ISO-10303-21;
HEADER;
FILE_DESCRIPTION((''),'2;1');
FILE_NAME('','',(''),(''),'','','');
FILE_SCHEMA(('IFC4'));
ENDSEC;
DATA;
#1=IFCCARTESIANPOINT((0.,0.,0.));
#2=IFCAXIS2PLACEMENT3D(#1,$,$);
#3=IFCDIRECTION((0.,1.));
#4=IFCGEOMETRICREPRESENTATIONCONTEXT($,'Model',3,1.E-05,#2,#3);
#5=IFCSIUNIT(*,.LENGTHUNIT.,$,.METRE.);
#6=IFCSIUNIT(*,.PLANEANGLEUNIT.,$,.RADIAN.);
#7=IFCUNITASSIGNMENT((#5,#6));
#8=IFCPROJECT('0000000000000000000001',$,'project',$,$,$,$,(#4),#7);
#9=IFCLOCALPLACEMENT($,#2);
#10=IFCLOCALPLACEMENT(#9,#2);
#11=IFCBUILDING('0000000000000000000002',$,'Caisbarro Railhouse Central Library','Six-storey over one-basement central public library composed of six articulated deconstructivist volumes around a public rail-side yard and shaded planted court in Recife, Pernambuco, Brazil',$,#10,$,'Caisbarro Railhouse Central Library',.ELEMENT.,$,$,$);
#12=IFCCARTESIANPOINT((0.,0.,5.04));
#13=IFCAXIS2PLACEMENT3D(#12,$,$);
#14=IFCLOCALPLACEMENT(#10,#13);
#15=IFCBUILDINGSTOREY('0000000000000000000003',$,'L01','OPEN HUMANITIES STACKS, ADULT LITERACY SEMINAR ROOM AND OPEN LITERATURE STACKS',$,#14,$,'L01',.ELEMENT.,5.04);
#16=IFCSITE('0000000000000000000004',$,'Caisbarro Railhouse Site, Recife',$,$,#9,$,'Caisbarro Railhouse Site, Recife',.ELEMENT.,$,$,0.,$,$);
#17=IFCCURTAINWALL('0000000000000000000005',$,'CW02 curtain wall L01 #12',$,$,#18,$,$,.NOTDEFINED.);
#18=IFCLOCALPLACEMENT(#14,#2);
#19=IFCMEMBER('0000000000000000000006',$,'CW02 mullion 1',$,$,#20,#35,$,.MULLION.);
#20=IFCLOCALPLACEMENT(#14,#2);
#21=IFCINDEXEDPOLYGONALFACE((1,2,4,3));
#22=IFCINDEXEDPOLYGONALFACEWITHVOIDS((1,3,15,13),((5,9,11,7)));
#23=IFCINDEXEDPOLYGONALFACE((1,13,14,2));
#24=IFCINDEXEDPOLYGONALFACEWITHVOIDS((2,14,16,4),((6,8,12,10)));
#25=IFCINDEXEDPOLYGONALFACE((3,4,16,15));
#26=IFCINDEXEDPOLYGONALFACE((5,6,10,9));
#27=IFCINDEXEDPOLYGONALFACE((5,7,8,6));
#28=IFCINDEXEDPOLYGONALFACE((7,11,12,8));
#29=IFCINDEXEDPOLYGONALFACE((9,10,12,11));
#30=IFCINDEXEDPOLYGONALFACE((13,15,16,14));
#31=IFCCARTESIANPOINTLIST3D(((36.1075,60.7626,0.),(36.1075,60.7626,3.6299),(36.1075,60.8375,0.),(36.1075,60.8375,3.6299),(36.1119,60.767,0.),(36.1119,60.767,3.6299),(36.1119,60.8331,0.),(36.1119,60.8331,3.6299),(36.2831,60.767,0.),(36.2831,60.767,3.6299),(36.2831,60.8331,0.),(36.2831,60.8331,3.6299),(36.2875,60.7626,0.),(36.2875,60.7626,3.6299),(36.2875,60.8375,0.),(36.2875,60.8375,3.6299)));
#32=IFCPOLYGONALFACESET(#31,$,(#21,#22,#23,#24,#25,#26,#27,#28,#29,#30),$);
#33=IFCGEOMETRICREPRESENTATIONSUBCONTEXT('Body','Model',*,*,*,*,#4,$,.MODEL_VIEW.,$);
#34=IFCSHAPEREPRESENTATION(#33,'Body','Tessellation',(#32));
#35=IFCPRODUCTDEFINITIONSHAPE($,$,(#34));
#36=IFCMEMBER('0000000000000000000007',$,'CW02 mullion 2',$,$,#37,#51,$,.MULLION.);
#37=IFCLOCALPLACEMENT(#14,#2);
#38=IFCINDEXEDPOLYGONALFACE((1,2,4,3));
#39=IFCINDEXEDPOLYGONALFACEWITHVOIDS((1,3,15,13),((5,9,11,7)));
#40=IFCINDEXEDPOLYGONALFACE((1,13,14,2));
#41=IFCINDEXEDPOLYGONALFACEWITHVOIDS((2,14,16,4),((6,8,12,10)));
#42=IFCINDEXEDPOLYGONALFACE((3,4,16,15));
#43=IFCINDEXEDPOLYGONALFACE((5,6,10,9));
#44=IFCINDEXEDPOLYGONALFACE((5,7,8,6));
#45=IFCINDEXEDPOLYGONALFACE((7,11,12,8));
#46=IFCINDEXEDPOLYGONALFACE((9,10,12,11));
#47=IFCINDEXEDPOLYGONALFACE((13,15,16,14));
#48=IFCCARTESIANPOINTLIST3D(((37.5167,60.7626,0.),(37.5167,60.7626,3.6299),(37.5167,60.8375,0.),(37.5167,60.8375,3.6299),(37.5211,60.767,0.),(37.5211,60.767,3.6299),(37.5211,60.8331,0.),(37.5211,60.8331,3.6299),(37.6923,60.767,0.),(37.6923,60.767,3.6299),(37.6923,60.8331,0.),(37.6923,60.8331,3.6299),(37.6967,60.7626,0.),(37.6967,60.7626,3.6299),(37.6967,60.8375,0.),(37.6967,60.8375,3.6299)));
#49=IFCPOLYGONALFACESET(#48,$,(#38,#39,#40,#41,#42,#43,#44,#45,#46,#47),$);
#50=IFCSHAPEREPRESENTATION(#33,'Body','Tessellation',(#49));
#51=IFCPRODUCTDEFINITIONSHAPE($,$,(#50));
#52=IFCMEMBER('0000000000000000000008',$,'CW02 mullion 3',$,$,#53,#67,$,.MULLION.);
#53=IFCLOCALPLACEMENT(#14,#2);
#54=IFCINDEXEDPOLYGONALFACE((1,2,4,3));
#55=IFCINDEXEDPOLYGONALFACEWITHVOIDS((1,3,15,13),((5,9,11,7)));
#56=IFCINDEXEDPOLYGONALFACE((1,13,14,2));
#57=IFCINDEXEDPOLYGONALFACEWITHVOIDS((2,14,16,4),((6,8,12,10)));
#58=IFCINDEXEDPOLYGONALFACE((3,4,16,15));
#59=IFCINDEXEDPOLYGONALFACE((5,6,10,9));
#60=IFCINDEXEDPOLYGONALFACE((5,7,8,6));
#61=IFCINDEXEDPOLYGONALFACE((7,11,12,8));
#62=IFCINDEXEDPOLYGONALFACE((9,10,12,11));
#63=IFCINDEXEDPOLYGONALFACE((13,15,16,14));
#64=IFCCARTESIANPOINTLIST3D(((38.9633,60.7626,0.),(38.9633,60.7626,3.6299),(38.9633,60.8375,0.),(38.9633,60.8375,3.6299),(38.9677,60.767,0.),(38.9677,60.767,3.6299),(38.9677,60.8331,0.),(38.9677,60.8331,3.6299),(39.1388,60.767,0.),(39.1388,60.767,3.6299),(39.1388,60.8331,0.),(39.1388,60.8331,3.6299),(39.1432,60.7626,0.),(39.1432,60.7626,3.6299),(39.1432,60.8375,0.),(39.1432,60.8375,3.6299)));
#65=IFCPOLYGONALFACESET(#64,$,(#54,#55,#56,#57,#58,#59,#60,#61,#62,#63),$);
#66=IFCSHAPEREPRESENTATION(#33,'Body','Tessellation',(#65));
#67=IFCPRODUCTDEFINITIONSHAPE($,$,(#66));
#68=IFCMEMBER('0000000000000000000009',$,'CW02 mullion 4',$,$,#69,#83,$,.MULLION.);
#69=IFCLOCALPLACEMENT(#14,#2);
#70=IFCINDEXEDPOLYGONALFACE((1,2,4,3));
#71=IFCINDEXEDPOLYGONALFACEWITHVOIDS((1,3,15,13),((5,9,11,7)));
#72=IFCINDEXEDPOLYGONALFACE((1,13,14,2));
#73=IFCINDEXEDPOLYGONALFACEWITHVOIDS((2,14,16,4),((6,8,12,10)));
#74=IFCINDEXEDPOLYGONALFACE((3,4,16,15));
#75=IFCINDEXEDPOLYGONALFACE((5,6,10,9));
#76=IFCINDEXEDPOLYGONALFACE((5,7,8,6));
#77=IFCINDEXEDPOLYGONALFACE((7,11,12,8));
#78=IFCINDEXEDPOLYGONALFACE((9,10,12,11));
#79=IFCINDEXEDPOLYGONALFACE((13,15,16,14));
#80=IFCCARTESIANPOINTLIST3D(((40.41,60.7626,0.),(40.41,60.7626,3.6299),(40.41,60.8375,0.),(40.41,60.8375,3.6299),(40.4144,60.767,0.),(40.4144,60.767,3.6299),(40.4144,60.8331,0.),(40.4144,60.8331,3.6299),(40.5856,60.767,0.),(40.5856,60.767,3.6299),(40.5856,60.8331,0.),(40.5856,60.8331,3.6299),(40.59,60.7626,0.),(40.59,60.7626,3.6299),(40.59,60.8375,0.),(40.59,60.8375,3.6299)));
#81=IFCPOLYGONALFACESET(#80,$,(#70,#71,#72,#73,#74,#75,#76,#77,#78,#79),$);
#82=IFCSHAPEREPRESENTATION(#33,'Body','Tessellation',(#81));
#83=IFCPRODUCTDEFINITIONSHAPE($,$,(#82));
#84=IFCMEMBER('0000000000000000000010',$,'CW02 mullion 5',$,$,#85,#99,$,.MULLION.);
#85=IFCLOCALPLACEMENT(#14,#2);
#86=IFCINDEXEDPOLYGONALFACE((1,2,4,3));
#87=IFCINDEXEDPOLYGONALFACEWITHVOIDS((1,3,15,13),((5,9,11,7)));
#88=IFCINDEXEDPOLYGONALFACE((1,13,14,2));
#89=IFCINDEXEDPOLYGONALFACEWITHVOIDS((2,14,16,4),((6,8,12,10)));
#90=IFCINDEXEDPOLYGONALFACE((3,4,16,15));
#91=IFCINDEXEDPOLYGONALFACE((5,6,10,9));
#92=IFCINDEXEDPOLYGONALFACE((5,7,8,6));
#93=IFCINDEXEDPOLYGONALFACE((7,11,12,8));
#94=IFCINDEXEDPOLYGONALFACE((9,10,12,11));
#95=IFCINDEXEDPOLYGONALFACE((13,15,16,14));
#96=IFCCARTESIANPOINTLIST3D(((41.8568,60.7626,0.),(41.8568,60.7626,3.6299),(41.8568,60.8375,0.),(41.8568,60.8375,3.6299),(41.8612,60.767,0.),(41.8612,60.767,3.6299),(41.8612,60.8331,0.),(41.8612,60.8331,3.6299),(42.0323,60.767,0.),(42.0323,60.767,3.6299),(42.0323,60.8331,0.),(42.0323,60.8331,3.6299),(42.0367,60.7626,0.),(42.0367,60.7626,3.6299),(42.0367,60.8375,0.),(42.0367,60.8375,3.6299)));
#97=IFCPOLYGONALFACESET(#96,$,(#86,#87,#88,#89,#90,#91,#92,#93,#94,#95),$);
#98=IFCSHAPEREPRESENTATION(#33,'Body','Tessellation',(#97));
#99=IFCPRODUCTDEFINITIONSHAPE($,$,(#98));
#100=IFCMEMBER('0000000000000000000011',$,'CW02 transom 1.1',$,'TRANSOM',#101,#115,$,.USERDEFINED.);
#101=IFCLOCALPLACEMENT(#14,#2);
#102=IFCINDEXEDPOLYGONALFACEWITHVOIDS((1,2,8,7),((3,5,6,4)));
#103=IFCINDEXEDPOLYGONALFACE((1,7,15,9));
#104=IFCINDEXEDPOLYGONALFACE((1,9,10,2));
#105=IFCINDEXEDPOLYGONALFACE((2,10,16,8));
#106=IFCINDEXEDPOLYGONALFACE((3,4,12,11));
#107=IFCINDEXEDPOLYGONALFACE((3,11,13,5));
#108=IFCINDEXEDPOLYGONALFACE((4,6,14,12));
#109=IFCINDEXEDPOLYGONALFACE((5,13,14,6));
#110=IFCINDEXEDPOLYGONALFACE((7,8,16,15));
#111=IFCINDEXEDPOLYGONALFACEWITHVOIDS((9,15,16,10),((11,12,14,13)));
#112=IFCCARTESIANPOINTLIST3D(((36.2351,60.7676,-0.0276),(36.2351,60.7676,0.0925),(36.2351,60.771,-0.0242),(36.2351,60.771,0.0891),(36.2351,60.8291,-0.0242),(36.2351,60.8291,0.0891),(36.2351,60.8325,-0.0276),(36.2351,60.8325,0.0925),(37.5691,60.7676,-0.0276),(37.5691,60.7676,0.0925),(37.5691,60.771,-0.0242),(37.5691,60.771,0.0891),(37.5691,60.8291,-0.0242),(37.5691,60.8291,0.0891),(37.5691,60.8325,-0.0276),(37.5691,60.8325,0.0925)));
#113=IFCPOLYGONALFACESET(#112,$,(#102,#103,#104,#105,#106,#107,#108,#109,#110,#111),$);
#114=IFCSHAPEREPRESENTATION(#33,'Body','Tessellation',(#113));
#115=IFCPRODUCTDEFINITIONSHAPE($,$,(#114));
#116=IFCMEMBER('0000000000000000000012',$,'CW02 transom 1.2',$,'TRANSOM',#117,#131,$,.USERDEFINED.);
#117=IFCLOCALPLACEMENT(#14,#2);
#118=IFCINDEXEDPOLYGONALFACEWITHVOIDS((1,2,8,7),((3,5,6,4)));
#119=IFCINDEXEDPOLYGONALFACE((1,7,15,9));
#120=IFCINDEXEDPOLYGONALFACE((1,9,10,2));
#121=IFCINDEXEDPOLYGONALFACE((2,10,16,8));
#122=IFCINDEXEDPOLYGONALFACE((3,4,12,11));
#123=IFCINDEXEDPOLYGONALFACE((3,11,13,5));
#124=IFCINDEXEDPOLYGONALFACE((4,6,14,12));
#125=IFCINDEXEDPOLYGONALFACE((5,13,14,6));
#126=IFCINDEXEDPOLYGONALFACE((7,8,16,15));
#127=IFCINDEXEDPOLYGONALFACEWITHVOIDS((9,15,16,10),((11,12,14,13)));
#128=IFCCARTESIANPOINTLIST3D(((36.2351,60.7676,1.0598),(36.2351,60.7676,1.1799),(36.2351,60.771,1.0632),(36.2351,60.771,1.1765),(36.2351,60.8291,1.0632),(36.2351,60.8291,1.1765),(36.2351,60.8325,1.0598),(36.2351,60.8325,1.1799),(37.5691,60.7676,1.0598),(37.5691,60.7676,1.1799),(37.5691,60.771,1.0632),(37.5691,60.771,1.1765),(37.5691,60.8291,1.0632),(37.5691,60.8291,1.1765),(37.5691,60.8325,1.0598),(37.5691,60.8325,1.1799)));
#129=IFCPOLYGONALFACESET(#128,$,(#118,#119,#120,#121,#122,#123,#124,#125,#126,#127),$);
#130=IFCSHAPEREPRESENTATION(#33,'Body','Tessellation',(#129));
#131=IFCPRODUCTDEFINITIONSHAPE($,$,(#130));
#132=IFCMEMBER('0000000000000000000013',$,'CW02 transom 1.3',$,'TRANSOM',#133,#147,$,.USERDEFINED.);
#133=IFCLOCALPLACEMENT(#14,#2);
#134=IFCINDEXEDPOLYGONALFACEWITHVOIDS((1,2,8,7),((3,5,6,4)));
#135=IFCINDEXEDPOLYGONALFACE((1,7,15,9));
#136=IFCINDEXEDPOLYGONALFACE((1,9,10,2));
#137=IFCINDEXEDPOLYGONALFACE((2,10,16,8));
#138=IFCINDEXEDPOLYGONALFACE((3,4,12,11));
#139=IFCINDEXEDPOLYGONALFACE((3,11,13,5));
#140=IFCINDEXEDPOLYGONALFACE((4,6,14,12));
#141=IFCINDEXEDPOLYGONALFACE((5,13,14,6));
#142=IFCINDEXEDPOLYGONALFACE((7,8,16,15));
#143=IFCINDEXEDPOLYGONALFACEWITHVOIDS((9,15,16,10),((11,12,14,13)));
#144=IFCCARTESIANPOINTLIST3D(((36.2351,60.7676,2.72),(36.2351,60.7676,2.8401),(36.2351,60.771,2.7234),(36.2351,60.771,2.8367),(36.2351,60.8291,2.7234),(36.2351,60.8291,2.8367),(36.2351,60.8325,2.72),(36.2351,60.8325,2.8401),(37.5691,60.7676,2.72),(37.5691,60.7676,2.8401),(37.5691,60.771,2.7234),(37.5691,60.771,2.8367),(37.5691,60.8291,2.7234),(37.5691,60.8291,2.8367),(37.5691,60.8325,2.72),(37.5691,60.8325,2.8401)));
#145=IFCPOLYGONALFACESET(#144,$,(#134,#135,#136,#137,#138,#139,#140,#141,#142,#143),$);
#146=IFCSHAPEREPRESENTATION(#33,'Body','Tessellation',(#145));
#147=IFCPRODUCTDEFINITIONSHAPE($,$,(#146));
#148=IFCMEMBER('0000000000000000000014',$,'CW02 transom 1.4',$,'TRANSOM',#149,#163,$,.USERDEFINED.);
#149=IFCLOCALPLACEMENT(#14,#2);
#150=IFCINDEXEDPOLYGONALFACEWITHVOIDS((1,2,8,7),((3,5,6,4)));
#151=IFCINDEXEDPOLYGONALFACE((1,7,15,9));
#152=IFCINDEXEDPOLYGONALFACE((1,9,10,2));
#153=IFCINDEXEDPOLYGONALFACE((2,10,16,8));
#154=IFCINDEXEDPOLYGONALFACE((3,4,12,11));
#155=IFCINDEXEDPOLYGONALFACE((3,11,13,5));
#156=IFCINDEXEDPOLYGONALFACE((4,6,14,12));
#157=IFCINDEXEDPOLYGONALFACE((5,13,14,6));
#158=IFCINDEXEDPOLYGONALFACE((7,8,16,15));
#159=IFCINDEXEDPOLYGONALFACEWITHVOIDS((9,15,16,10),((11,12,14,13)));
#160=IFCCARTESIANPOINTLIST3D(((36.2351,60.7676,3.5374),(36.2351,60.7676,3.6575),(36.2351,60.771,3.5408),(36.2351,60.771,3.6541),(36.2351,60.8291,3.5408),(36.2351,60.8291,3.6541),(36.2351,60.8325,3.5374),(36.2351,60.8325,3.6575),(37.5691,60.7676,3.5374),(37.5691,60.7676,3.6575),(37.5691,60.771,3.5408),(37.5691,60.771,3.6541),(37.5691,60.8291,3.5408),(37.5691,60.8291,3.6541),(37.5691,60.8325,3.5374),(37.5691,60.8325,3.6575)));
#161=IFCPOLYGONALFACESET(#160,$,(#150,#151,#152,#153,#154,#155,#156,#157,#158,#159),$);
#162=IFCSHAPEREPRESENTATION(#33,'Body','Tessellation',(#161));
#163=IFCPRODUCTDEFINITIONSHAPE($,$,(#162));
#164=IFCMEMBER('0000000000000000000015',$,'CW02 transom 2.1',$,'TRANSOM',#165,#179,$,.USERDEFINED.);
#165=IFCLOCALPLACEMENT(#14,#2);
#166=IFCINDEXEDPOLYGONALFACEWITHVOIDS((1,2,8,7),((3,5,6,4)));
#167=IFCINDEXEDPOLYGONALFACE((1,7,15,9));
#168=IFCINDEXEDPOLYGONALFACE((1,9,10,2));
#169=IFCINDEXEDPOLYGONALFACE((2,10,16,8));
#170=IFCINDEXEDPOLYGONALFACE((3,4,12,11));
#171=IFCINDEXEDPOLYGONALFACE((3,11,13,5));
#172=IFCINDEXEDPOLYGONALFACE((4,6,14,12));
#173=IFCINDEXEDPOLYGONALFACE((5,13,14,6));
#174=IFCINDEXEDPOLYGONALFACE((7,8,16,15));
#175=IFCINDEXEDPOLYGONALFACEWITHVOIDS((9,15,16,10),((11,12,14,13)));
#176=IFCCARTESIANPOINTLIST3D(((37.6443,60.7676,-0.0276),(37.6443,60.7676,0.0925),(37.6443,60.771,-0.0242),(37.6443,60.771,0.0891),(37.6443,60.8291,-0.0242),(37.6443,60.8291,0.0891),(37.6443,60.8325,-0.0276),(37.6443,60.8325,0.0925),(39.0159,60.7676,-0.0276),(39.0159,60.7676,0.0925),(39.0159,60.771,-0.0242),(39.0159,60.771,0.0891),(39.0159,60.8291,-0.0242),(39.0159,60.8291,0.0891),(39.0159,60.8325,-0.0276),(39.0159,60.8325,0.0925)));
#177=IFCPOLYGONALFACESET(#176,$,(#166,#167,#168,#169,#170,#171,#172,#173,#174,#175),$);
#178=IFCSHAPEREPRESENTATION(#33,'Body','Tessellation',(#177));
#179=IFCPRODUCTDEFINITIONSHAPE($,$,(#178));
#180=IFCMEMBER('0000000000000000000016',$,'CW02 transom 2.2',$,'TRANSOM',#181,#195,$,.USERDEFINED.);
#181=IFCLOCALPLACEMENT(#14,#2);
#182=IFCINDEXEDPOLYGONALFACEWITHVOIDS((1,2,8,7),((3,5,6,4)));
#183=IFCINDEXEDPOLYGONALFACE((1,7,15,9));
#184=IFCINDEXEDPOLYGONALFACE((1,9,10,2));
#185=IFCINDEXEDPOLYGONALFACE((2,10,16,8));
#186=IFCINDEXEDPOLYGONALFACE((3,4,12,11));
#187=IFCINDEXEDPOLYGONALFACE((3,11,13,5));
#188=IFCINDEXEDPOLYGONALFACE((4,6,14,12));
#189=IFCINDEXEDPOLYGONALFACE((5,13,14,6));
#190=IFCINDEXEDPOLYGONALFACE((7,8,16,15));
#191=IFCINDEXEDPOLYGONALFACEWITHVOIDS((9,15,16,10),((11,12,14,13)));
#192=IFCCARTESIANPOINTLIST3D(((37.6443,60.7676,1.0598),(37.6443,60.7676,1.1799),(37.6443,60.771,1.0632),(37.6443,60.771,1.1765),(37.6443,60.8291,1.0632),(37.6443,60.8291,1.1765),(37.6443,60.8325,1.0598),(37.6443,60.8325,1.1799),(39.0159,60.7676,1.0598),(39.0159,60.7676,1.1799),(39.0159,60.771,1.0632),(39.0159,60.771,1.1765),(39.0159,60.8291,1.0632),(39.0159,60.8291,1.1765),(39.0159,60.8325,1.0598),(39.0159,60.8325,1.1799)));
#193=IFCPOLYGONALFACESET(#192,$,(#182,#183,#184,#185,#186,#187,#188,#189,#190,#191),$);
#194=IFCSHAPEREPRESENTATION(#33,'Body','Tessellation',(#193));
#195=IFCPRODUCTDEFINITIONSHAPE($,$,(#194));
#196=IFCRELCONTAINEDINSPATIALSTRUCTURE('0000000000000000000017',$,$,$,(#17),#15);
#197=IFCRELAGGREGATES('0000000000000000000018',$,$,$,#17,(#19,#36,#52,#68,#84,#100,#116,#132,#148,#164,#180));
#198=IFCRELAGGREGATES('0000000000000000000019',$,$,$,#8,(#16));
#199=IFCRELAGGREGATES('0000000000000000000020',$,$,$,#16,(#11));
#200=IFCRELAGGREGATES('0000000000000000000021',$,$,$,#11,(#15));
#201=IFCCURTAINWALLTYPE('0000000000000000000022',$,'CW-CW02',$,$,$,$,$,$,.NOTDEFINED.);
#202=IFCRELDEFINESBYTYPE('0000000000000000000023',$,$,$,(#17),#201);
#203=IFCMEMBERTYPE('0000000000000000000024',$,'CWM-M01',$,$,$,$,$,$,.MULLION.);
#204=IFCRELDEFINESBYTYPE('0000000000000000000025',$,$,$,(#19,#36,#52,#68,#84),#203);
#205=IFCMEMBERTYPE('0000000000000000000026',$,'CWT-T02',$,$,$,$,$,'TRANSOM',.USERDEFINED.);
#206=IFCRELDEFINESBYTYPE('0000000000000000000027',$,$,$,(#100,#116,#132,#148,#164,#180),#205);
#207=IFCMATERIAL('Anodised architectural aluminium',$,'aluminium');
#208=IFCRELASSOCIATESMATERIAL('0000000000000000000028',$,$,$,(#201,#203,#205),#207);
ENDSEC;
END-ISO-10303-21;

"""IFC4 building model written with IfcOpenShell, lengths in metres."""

from ifc_helpers import new_model, si_unit, direction, frame, origin, origin_2d, place, context, subcontext, project, spatial, hollow_rectangle, extrude, material, material_profile, profile_set, type_object, element, aggregate, save


model = new_model("IFC4")

# Units and contexts
model_context = context("Model", 3, precision=1e-05, world=origin(), true_north=direction((0.0, 1.0)))
body_context = subcontext(model_context, "Body", "Model", "MODEL_VIEW")
ifc_project = project(units=[si_unit("LENGTHUNIT", "METRE"), si_unit("PLANEANGLEUNIT", "RADIAN")], contexts=[model_context])

# Site, building, storey
site_placement = place(None, origin())
site = spatial("IfcSite", under=ifc_project, at=site_placement, Name="Caisbarro Railhouse Site, Recife", LongName="Caisbarro Railhouse Site, Recife", CompositionType="ELEMENT", RefElevation=0.0)
building_placement = place(site_placement, origin())
building = spatial("IfcBuilding", under=site, at=building_placement, Name="Caisbarro Railhouse Central Library", Description="Six-storey over one-basement central public library composed of six articulated deconstructivist volumes around a public rail-side yard and shaded planted court in Recife, Pernambuco, Brazil", LongName="Caisbarro Railhouse Central Library", CompositionType="ELEMENT")
storey_placement = place(building_placement, frame((0.0, 0.0, 5.04)))
storey = spatial("IfcBuildingStorey", under=building, at=storey_placement, Name="L01", Description="OPEN HUMANITIES STACKS, ADULT LITERACY SEMINAR ROOM AND OPEN LITERATURE STACKS", LongName="L01", CompositionType="ELEMENT", Elevation=5.04)

# Curtain wall, members
ifc_material_1 = material(Name="Anodised architectural aluminium", Category="aluminium")
curtain_wall_type = type_object("IfcCurtainWallType", Name="CW-CW02", PredefinedType="NOTDEFINED", material=ifc_material_1)
curtain_wall_placement = place(storey_placement, origin())
curtain_wall = element("IfcCurtainWall", 1, at=curtain_wall_placement, inside=storey, type_object=curtain_wall_type, Name="CW02 curtain wall L01 #12", PredefinedType="NOTDEFINED")
ifc_material_profile_1 = material_profile(ifc_material_1, hollow_rectangle(XDim=0.075, YDim=0.1799, WallThickness=0.0044, at=origin_2d()), Name="ALU-MUL-75X180")
ifc_profile_set_1 = profile_set([ifc_material_profile_1], Name="Anodised architectural aluminium")
member_type_1 = type_object("IfcMemberType", Name="CWM-M01", PredefinedType="MULLION", material=ifc_profile_set_1)
member_1_placement = place(storey_placement, frame((36.1975, 60.8, 0.0), z_axis=(0.0, 0.0, 1.0), x_axis=(0.0, 1.0, 0.0)))
member_1 = element("IfcMember", 2, at=member_1_placement, type_object=member_type_1, Name="CW02 mullion 1", PredefinedType="MULLION", context=body_context, shape_type="SweptSolid", body=[
    extrude(hollow_rectangle(XDim=0.075, YDim=0.1799, WallThickness=0.0044, at=origin_2d()), origin(), (0.0, 0.0, 1.0), 3.6299),
])
member_2_placement = place(storey_placement, frame((37.6067, 60.8, 0.0), z_axis=(0.0, 0.0, 1.0), x_axis=(0.0, 1.0, 0.0)))
member_2 = element("IfcMember", 3, at=member_2_placement, type_object=member_type_1, Name="CW02 mullion 2", PredefinedType="MULLION", context=body_context, shape_type="SweptSolid", body=[
    extrude(hollow_rectangle(XDim=0.075, YDim=0.1799, WallThickness=0.0044, at=origin_2d()), origin(), (0.0, 0.0, 1.0), 3.6299),
])
member_3_placement = place(storey_placement, frame((39.0532, 60.8, 0.0), z_axis=(0.0, 0.0, 1.0), x_axis=(0.0, 1.0, 0.0)))
member_3 = element("IfcMember", 4, at=member_3_placement, type_object=member_type_1, Name="CW02 mullion 3", PredefinedType="MULLION", context=body_context, shape_type="SweptSolid", body=[
    extrude(hollow_rectangle(XDim=0.075, YDim=0.1799, WallThickness=0.0044, at=origin_2d()), origin(), (0.0, 0.0, 1.0), 3.6299),
])
member_4_placement = place(storey_placement, frame((40.5, 60.8, 0.0), z_axis=(0.0, 0.0, 1.0), x_axis=(0.0, 1.0, 0.0)))
member_4 = element("IfcMember", 5, at=member_4_placement, type_object=member_type_1, Name="CW02 mullion 4", PredefinedType="MULLION", context=body_context, shape_type="SweptSolid", body=[
    extrude(hollow_rectangle(XDim=0.075, YDim=0.1799, WallThickness=0.0044, at=origin_2d()), origin(), (0.0, 0.0, 1.0), 3.6299),
])
member_5_placement = place(storey_placement, frame((41.9468, 60.8, 0.0), z_axis=(0.0, 0.0, 1.0), x_axis=(0.0, 1.0, 0.0)))
member_5 = element("IfcMember", 6, at=member_5_placement, type_object=member_type_1, Name="CW02 mullion 5", PredefinedType="MULLION", context=body_context, shape_type="SweptSolid", body=[
    extrude(hollow_rectangle(XDim=0.075, YDim=0.1799, WallThickness=0.0044, at=origin_2d()), origin(), (0.0, 0.0, 1.0), 3.6299),
])
ifc_material_profile_2 = material_profile(ifc_material_1, hollow_rectangle(XDim=0.0649, YDim=0.1201, WallThickness=0.0034, at=origin_2d()), Name="ALU-TRN-65X120")
ifc_profile_set_2 = profile_set([ifc_material_profile_2], Name="Anodised architectural aluminium")
member_type_2 = type_object("IfcMemberType", Name="CWT-T02", ElementType="TRANSOM", PredefinedType="USERDEFINED", material=ifc_profile_set_2)
member_6_placement = place(storey_placement, frame((36.2351, 60.8, 0.0325), z_axis=(1.0, 0.0, 0.0), x_axis=(0.0, 1.0, 0.0)))
member_6 = element("IfcMember", 7, at=member_6_placement, type_object=member_type_2, Name="CW02 transom 1.1", ObjectType="TRANSOM", PredefinedType="USERDEFINED", context=body_context, shape_type="SweptSolid", body=[
    extrude(hollow_rectangle(XDim=0.0649, YDim=0.1201, WallThickness=0.0034, at=origin_2d()), origin(), (0.0, 0.0, 1.0), 1.334),
])
member_7_placement = place(storey_placement, frame((36.2351, 60.8, 1.1199), z_axis=(1.0, 0.0, 0.0), x_axis=(0.0, 1.0, 0.0)))
member_7 = element("IfcMember", 8, at=member_7_placement, type_object=member_type_2, Name="CW02 transom 1.2", ObjectType="TRANSOM", PredefinedType="USERDEFINED", context=body_context, shape_type="SweptSolid", body=[
    extrude(hollow_rectangle(XDim=0.0649, YDim=0.1201, WallThickness=0.0034, at=origin_2d()), origin(), (0.0, 0.0, 1.0), 1.334),
])
member_8_placement = place(storey_placement, frame((36.2351, 60.8, 2.78), z_axis=(1.0, 0.0, 0.0), x_axis=(0.0, 1.0, 0.0)))
member_8 = element("IfcMember", 9, at=member_8_placement, type_object=member_type_2, Name="CW02 transom 1.3", ObjectType="TRANSOM", PredefinedType="USERDEFINED", context=body_context, shape_type="SweptSolid", body=[
    extrude(hollow_rectangle(XDim=0.0649, YDim=0.1201, WallThickness=0.0034, at=origin_2d()), origin(), (0.0, 0.0, 1.0), 1.334),
])
member_9_placement = place(storey_placement, frame((36.2351, 60.8, 3.5974), z_axis=(1.0, 0.0, 0.0), x_axis=(0.0, 1.0, 0.0)))
member_9 = element("IfcMember", 10, at=member_9_placement, type_object=member_type_2, Name="CW02 transom 1.4", ObjectType="TRANSOM", PredefinedType="USERDEFINED", context=body_context, shape_type="SweptSolid", body=[
    extrude(hollow_rectangle(XDim=0.0649, YDim=0.1201, WallThickness=0.0034, at=origin_2d()), origin(), (0.0, 0.0, 1.0), 1.334),
])
member_10_placement = place(storey_placement, frame((37.6443, 60.8, 0.0325), z_axis=(1.0, 0.0, 0.0), x_axis=(0.0, 1.0, 0.0)))
member_10 = element("IfcMember", 11, at=member_10_placement, type_object=member_type_2, Name="CW02 transom 2.1", ObjectType="TRANSOM", PredefinedType="USERDEFINED", context=body_context, shape_type="SweptSolid", body=[
    extrude(hollow_rectangle(XDim=0.0649, YDim=0.1201, WallThickness=0.0034, at=origin_2d()), origin(), (0.0, 0.0, 1.0), 1.3716),
])
member_11_placement = place(storey_placement, frame((37.6443, 60.8, 1.1199), z_axis=(1.0, 0.0, 0.0), x_axis=(0.0, 1.0, 0.0)))
member_11 = element("IfcMember", 12, at=member_11_placement, type_object=member_type_2, Name="CW02 transom 2.2", ObjectType="TRANSOM", PredefinedType="USERDEFINED", context=body_context, shape_type="SweptSolid", body=[
    extrude(hollow_rectangle(XDim=0.0649, YDim=0.1201, WallThickness=0.0034, at=origin_2d()), origin(), (0.0, 0.0, 1.0), 1.3716),
])
aggregate(curtain_wall, [member_1, member_2, member_3, member_4, member_5, member_6, member_7, member_8, member_9, member_10, member_11])

save(model, "model.ifc")
